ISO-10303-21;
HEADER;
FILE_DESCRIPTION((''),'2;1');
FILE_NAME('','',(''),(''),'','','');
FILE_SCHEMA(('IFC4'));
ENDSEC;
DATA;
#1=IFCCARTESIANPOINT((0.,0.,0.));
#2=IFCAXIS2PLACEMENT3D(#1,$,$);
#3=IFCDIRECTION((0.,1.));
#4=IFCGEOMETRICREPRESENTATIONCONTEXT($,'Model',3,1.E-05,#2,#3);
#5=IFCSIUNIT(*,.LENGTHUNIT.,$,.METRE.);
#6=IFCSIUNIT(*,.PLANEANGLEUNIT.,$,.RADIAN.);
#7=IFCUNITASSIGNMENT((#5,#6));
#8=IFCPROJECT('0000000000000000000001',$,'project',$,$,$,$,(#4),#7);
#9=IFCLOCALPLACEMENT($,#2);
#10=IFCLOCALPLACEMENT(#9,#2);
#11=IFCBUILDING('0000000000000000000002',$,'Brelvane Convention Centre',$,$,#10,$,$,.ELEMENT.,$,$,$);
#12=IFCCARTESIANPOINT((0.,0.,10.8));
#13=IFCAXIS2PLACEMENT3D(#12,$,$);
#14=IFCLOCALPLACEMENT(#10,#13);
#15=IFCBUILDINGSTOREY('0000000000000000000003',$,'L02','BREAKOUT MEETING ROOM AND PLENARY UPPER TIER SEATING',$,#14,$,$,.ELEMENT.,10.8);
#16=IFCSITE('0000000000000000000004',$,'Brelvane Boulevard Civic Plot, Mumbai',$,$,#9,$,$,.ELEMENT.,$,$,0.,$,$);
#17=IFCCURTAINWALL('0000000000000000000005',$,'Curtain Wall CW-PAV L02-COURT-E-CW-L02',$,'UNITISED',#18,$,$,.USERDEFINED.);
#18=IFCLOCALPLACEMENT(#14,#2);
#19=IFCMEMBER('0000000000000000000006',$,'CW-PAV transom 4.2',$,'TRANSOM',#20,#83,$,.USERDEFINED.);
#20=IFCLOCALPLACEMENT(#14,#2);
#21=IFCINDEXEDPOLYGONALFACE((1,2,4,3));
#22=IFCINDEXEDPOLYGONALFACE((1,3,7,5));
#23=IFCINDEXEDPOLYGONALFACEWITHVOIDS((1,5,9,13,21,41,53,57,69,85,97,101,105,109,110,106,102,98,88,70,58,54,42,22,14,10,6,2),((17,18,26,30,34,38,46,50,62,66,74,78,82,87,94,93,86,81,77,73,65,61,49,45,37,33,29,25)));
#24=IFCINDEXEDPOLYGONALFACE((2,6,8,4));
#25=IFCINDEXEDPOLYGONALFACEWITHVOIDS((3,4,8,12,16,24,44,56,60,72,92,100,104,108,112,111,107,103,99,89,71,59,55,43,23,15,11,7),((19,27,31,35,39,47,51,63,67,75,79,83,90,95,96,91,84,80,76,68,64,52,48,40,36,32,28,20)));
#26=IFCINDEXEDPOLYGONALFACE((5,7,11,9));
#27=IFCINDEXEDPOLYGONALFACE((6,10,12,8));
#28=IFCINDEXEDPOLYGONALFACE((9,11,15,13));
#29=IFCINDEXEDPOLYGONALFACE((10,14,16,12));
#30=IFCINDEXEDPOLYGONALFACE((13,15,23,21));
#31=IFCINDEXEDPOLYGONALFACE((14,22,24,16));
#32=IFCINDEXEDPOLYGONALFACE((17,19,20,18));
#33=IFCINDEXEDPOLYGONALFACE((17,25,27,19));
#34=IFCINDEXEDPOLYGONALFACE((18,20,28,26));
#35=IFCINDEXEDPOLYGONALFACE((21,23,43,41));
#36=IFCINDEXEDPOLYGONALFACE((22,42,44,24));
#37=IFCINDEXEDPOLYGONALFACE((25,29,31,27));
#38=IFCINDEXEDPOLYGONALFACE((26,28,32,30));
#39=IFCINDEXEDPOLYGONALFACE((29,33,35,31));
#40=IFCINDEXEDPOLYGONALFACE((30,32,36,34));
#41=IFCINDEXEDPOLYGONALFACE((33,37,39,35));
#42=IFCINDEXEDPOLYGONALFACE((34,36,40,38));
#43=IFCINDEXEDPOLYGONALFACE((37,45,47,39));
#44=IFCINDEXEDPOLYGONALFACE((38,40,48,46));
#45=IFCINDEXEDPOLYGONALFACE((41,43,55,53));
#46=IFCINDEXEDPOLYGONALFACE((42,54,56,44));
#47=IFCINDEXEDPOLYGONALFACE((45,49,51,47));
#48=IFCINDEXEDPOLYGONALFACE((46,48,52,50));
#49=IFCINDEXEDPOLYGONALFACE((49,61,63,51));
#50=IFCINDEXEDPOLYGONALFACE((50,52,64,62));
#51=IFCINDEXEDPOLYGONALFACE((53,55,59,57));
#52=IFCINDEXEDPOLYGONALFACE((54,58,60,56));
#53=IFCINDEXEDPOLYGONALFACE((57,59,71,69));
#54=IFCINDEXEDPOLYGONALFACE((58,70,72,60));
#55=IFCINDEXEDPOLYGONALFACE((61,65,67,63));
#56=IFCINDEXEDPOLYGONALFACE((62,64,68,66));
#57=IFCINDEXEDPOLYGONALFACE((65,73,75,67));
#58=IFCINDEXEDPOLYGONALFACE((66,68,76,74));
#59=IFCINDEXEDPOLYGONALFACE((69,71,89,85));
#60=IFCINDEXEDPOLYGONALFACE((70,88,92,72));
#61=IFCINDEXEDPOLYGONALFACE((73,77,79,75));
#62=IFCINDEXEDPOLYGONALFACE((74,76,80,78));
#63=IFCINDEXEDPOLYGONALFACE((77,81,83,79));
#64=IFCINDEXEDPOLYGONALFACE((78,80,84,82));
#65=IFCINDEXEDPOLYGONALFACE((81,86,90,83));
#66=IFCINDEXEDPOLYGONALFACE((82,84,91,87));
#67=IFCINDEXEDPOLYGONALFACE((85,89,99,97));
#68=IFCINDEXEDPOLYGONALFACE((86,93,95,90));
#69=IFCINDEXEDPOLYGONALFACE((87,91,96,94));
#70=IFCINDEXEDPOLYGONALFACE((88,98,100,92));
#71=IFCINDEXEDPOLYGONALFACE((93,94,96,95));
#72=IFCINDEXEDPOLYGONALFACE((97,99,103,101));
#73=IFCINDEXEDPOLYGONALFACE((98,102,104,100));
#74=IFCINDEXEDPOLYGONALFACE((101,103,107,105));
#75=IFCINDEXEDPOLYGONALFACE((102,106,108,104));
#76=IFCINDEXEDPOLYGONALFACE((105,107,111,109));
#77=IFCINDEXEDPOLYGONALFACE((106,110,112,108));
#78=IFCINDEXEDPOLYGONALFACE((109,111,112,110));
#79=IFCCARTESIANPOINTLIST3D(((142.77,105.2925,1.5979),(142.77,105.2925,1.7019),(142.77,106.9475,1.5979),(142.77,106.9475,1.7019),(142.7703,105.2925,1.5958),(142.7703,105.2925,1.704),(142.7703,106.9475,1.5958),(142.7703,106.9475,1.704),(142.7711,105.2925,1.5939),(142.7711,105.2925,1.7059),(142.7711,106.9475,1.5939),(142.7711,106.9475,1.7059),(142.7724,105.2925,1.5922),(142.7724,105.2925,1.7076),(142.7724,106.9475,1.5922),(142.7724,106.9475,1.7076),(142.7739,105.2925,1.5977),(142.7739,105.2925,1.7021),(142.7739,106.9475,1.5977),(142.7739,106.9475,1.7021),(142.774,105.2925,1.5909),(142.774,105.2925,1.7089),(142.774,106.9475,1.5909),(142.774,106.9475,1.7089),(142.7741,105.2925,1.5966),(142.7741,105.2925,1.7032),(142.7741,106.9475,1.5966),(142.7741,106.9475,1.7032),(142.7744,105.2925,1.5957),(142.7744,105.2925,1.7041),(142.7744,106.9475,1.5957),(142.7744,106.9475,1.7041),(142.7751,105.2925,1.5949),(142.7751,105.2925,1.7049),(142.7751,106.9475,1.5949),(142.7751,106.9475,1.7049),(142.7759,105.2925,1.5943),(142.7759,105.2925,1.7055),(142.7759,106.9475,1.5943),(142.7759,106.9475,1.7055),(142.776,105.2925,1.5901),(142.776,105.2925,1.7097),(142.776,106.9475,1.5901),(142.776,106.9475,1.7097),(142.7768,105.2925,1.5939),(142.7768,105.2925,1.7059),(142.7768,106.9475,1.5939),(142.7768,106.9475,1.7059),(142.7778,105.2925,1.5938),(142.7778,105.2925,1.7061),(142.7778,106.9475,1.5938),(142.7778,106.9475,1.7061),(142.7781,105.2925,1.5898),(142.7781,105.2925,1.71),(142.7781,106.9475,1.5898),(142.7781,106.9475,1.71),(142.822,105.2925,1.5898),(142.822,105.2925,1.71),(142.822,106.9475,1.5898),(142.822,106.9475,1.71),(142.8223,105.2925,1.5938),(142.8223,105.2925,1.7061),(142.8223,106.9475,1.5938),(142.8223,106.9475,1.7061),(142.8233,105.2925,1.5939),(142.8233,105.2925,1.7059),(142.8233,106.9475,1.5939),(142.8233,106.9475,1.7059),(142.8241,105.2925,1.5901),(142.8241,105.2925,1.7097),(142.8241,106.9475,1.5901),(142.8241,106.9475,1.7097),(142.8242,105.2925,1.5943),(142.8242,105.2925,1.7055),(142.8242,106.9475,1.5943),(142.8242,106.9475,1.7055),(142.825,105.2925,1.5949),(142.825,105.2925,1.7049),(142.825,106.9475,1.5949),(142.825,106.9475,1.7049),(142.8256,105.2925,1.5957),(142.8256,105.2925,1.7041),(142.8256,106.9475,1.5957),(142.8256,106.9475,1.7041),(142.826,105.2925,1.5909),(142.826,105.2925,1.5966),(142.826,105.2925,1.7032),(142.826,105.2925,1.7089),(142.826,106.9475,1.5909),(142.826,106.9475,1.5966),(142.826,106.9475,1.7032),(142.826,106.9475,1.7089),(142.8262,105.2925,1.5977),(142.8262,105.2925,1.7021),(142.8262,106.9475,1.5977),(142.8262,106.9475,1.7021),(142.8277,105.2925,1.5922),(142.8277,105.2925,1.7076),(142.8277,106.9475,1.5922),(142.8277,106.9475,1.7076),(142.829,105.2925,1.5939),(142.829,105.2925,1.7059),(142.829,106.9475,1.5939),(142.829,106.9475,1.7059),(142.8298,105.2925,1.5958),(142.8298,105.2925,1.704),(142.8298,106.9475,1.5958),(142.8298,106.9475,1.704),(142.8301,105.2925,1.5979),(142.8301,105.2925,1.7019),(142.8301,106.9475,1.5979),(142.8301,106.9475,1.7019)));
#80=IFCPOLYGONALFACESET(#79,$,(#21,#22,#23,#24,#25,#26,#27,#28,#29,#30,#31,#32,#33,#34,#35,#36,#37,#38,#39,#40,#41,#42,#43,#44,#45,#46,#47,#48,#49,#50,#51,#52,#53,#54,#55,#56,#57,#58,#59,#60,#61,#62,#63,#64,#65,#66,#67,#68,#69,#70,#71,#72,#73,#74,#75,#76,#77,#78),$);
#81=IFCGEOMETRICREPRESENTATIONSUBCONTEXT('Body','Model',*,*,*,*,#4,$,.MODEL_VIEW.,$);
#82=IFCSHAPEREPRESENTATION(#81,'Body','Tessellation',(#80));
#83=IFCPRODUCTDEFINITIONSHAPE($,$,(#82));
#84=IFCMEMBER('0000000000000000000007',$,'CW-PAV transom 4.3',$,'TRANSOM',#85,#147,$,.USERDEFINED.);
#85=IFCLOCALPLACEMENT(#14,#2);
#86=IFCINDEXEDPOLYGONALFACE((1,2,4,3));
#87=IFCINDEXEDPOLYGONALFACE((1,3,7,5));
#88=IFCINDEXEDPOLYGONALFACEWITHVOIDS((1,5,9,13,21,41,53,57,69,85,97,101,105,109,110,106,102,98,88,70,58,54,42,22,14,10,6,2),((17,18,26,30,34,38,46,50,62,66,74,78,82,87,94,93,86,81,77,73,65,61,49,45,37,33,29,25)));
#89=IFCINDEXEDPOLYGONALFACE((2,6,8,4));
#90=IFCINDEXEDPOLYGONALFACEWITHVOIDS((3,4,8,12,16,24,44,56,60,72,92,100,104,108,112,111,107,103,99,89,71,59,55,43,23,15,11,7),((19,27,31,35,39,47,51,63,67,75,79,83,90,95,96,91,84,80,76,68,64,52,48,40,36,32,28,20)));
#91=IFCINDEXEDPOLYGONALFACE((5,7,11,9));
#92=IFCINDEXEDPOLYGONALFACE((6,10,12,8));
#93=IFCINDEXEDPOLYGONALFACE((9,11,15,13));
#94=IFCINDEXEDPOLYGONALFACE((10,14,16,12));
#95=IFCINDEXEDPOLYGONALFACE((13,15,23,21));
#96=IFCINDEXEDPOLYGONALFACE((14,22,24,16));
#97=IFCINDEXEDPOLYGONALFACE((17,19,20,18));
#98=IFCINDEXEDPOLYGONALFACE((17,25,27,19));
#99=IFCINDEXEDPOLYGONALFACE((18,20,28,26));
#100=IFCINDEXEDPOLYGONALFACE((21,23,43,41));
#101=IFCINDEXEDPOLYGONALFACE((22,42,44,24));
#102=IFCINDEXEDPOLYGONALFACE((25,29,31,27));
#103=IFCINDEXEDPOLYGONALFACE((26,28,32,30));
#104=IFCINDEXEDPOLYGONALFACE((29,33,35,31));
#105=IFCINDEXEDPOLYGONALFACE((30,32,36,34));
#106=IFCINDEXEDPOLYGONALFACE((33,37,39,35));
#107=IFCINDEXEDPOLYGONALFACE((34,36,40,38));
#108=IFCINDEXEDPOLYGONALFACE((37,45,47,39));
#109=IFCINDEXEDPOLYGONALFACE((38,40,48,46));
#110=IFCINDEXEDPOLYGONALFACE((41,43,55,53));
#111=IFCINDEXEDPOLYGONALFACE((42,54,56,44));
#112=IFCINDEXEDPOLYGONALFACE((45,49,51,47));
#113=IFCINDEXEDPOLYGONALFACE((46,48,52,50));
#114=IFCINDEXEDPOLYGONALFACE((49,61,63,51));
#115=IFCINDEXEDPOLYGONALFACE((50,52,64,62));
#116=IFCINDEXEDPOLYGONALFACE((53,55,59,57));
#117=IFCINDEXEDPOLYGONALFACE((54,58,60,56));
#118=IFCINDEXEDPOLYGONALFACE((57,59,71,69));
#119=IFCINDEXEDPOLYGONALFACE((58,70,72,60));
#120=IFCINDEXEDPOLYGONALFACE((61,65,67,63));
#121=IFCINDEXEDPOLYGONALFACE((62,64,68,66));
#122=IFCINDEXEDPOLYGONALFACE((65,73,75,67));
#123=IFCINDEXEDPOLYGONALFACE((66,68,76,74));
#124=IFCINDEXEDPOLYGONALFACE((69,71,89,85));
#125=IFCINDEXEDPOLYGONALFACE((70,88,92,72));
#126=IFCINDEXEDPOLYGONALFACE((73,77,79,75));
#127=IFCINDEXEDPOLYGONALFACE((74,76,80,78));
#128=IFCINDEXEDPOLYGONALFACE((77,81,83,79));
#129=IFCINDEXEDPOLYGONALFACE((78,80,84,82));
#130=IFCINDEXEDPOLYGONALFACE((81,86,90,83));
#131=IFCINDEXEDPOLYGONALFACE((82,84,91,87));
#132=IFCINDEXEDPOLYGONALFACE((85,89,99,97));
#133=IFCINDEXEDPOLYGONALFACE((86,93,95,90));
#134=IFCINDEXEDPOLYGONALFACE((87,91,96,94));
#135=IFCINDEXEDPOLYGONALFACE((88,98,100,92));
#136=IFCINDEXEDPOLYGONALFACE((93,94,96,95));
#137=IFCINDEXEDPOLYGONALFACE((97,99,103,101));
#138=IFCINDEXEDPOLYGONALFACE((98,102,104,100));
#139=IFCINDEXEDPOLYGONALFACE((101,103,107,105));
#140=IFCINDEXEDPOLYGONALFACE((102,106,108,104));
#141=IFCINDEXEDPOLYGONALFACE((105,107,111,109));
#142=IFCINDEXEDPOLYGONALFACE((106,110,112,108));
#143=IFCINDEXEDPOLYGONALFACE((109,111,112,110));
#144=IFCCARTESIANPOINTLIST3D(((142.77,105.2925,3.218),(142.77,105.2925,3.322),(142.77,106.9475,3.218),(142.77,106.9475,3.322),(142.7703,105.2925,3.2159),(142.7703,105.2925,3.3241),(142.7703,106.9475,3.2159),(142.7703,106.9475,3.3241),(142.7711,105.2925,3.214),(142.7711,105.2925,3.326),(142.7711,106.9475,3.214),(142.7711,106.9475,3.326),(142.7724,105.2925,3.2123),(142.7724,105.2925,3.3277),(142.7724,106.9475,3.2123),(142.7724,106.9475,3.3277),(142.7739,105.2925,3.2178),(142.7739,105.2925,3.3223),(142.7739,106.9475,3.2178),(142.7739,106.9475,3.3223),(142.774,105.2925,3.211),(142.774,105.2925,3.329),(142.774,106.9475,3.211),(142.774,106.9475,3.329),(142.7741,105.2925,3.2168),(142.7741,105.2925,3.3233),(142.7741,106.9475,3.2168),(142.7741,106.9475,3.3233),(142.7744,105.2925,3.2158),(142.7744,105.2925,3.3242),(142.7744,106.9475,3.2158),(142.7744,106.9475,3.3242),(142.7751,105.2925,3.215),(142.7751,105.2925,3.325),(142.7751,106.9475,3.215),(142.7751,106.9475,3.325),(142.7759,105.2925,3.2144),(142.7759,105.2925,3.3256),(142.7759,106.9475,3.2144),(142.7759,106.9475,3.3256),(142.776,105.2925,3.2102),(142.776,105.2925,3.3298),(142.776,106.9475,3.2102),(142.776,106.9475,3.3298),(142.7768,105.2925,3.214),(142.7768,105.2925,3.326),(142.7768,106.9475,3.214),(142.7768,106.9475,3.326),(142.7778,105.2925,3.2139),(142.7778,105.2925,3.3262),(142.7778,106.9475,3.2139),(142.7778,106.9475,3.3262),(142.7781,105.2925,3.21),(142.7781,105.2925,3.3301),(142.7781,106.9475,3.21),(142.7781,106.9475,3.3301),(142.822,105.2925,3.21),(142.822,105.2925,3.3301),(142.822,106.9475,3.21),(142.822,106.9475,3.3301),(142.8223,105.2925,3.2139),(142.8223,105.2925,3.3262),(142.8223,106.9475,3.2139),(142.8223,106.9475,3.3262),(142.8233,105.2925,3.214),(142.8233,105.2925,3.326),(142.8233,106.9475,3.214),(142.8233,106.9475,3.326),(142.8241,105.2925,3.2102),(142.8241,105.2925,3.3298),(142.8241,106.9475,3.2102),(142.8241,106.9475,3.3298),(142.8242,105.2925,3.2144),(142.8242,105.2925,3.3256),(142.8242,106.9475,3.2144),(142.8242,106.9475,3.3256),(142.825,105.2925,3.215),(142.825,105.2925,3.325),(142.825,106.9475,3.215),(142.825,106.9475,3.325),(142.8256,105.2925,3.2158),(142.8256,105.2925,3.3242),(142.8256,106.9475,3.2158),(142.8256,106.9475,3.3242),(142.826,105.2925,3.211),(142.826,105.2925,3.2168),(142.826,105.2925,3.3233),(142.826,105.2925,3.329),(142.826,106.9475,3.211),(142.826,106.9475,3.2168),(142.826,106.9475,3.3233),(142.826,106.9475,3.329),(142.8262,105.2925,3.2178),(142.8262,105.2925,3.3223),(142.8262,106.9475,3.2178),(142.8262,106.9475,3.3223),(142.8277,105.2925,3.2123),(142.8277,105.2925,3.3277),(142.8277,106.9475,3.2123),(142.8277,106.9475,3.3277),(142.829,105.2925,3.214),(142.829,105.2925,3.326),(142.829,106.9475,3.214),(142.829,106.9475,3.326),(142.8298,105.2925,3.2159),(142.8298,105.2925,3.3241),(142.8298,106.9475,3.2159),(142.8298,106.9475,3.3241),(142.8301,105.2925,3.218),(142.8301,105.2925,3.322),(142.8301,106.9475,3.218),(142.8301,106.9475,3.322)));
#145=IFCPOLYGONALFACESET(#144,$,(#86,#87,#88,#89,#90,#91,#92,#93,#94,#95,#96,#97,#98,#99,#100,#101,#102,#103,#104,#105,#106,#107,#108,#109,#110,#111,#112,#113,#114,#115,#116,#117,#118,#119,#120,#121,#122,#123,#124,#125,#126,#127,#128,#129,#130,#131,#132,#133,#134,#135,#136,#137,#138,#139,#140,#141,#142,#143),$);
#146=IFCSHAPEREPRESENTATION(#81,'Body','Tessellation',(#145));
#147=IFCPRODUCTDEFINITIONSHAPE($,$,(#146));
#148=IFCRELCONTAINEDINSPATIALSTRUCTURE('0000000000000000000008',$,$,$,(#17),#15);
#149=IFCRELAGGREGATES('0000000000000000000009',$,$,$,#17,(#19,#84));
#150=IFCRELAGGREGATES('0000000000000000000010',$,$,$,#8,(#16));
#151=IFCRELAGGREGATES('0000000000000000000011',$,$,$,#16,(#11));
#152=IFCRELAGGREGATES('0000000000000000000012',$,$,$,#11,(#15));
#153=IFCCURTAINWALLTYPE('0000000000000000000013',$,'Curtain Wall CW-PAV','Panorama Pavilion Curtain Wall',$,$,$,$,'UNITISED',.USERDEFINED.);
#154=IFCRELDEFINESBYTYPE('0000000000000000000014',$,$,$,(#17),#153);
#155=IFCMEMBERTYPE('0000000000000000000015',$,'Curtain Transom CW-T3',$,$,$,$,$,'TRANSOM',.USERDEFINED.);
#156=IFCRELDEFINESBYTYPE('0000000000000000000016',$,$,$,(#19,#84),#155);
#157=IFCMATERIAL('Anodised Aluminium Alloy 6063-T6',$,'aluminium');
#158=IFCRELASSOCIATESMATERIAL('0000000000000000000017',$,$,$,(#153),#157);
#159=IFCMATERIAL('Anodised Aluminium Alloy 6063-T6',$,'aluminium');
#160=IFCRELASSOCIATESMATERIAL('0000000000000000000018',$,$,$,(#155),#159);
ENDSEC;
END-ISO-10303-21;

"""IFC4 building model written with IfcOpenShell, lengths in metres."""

from ifc_helpers import new_model, si_unit, direction, frame, origin, origin_2d, place, context, subcontext, project, spatial, hollow_rectangle, extrude, material, material_profile, profile_set, type_object, element, aggregate, save


model = new_model("IFC4")

# Units and contexts
model_context = context("Model", 3, precision=1e-05, world=origin(), true_north=direction((0.0, 1.0)))
body_context = subcontext(model_context, "Body", "Model", "MODEL_VIEW")
ifc_project = project(units=[si_unit("LENGTHUNIT", "METRE"), si_unit("PLANEANGLEUNIT", "RADIAN")], contexts=[model_context])

# Site, building, storey
site_placement = place(None, origin())
site = spatial("IfcSite", under=ifc_project, at=site_placement, Name="Brelvane Boulevard Civic Plot, Mumbai", CompositionType="ELEMENT", RefElevation=0.0)
building_placement = place(site_placement, origin())
building = spatial("IfcBuilding", under=site, at=building_placement, Name="Brelvane Convention Centre", CompositionType="ELEMENT")
storey_placement = place(building_placement, frame((0.0, 0.0, 10.8)))
storey = spatial("IfcBuildingStorey", under=building, at=storey_placement, Name="L02", Description="BREAKOUT MEETING ROOM AND PLENARY UPPER TIER SEATING", CompositionType="ELEMENT", Elevation=10.8)

# Curtain wall, members
ifc_material_1 = material(Name="Anodised Aluminium Alloy 6063-T6", Category="aluminium")
curtain_wall_type = type_object("IfcCurtainWallType", Name="Curtain Wall CW-PAV", Description="Panorama Pavilion Curtain Wall", ElementType="UNITISED", PredefinedType="USERDEFINED", material=ifc_material_1)
curtain_wall_placement = place(storey_placement, origin())
curtain_wall = element("IfcCurtainWall", 1, at=curtain_wall_placement, inside=storey, type_object=curtain_wall_type, Name="Curtain Wall CW-PAV L02-COURT-E-CW-L02", ObjectType="UNITISED", PredefinedType="USERDEFINED")
ifc_material_2 = material(Name="Anodised Aluminium Alloy 6063-T6", Category="aluminium")
ifc_material_profile_1 = material_profile(ifc_material_2, hollow_rectangle(XDim=0.0601, YDim=0.1201, WallThickness=0.0039, InnerFilletRadius=0.0039, OuterFilletRadius=0.0081, at=origin_2d()), Name="ALU-T 120x60x4.0")
ifc_profile_set_1 = profile_set([ifc_material_profile_1], Name="Anodised Aluminium Alloy 6063-T6")
member_type_1 = type_object("IfcMemberType", Name="Curtain Transom CW-T3", ElementType="TRANSOM", PredefinedType="USERDEFINED", material=ifc_profile_set_1)
member_1_placement = place(storey_placement, frame((142.8, 105.2925, 1.6499), z_axis=(0.0, 1.0, 0.0), x_axis=(-1.0, 0.0, 0.0)))
member_1 = element("IfcMember", 2, at=member_1_placement, type_object=member_type_1, Name="CW-PAV transom 4.2", ObjectType="TRANSOM", PredefinedType="USERDEFINED", context=body_context, shape_type="SweptSolid", body=[
    extrude(hollow_rectangle(XDim=0.0601, YDim=0.1201, WallThickness=0.0039, InnerFilletRadius=0.0039, OuterFilletRadius=0.0081, at=origin_2d()), origin(), (0.0, 0.0, 1.0), 1.655),
])
member_2_placement = place(storey_placement, frame((142.8, 105.2925, 3.27), z_axis=(0.0, 1.0, 0.0), x_axis=(-1.0, 0.0, 0.0)))
member_2 = element("IfcMember", 3, at=member_2_placement, type_object=member_type_1, Name="CW-PAV transom 4.3", ObjectType="TRANSOM", PredefinedType="USERDEFINED", context=body_context, shape_type="SweptSolid", body=[
    extrude(hollow_rectangle(XDim=0.0601, YDim=0.1201, WallThickness=0.0039, InnerFilletRadius=0.0039, OuterFilletRadius=0.0081, at=origin_2d()), origin(), (0.0, 0.0, 1.0), 1.655),
])

aggregate(curtain_wall, [member_1, member_2])

save(model, "model.ifc")
